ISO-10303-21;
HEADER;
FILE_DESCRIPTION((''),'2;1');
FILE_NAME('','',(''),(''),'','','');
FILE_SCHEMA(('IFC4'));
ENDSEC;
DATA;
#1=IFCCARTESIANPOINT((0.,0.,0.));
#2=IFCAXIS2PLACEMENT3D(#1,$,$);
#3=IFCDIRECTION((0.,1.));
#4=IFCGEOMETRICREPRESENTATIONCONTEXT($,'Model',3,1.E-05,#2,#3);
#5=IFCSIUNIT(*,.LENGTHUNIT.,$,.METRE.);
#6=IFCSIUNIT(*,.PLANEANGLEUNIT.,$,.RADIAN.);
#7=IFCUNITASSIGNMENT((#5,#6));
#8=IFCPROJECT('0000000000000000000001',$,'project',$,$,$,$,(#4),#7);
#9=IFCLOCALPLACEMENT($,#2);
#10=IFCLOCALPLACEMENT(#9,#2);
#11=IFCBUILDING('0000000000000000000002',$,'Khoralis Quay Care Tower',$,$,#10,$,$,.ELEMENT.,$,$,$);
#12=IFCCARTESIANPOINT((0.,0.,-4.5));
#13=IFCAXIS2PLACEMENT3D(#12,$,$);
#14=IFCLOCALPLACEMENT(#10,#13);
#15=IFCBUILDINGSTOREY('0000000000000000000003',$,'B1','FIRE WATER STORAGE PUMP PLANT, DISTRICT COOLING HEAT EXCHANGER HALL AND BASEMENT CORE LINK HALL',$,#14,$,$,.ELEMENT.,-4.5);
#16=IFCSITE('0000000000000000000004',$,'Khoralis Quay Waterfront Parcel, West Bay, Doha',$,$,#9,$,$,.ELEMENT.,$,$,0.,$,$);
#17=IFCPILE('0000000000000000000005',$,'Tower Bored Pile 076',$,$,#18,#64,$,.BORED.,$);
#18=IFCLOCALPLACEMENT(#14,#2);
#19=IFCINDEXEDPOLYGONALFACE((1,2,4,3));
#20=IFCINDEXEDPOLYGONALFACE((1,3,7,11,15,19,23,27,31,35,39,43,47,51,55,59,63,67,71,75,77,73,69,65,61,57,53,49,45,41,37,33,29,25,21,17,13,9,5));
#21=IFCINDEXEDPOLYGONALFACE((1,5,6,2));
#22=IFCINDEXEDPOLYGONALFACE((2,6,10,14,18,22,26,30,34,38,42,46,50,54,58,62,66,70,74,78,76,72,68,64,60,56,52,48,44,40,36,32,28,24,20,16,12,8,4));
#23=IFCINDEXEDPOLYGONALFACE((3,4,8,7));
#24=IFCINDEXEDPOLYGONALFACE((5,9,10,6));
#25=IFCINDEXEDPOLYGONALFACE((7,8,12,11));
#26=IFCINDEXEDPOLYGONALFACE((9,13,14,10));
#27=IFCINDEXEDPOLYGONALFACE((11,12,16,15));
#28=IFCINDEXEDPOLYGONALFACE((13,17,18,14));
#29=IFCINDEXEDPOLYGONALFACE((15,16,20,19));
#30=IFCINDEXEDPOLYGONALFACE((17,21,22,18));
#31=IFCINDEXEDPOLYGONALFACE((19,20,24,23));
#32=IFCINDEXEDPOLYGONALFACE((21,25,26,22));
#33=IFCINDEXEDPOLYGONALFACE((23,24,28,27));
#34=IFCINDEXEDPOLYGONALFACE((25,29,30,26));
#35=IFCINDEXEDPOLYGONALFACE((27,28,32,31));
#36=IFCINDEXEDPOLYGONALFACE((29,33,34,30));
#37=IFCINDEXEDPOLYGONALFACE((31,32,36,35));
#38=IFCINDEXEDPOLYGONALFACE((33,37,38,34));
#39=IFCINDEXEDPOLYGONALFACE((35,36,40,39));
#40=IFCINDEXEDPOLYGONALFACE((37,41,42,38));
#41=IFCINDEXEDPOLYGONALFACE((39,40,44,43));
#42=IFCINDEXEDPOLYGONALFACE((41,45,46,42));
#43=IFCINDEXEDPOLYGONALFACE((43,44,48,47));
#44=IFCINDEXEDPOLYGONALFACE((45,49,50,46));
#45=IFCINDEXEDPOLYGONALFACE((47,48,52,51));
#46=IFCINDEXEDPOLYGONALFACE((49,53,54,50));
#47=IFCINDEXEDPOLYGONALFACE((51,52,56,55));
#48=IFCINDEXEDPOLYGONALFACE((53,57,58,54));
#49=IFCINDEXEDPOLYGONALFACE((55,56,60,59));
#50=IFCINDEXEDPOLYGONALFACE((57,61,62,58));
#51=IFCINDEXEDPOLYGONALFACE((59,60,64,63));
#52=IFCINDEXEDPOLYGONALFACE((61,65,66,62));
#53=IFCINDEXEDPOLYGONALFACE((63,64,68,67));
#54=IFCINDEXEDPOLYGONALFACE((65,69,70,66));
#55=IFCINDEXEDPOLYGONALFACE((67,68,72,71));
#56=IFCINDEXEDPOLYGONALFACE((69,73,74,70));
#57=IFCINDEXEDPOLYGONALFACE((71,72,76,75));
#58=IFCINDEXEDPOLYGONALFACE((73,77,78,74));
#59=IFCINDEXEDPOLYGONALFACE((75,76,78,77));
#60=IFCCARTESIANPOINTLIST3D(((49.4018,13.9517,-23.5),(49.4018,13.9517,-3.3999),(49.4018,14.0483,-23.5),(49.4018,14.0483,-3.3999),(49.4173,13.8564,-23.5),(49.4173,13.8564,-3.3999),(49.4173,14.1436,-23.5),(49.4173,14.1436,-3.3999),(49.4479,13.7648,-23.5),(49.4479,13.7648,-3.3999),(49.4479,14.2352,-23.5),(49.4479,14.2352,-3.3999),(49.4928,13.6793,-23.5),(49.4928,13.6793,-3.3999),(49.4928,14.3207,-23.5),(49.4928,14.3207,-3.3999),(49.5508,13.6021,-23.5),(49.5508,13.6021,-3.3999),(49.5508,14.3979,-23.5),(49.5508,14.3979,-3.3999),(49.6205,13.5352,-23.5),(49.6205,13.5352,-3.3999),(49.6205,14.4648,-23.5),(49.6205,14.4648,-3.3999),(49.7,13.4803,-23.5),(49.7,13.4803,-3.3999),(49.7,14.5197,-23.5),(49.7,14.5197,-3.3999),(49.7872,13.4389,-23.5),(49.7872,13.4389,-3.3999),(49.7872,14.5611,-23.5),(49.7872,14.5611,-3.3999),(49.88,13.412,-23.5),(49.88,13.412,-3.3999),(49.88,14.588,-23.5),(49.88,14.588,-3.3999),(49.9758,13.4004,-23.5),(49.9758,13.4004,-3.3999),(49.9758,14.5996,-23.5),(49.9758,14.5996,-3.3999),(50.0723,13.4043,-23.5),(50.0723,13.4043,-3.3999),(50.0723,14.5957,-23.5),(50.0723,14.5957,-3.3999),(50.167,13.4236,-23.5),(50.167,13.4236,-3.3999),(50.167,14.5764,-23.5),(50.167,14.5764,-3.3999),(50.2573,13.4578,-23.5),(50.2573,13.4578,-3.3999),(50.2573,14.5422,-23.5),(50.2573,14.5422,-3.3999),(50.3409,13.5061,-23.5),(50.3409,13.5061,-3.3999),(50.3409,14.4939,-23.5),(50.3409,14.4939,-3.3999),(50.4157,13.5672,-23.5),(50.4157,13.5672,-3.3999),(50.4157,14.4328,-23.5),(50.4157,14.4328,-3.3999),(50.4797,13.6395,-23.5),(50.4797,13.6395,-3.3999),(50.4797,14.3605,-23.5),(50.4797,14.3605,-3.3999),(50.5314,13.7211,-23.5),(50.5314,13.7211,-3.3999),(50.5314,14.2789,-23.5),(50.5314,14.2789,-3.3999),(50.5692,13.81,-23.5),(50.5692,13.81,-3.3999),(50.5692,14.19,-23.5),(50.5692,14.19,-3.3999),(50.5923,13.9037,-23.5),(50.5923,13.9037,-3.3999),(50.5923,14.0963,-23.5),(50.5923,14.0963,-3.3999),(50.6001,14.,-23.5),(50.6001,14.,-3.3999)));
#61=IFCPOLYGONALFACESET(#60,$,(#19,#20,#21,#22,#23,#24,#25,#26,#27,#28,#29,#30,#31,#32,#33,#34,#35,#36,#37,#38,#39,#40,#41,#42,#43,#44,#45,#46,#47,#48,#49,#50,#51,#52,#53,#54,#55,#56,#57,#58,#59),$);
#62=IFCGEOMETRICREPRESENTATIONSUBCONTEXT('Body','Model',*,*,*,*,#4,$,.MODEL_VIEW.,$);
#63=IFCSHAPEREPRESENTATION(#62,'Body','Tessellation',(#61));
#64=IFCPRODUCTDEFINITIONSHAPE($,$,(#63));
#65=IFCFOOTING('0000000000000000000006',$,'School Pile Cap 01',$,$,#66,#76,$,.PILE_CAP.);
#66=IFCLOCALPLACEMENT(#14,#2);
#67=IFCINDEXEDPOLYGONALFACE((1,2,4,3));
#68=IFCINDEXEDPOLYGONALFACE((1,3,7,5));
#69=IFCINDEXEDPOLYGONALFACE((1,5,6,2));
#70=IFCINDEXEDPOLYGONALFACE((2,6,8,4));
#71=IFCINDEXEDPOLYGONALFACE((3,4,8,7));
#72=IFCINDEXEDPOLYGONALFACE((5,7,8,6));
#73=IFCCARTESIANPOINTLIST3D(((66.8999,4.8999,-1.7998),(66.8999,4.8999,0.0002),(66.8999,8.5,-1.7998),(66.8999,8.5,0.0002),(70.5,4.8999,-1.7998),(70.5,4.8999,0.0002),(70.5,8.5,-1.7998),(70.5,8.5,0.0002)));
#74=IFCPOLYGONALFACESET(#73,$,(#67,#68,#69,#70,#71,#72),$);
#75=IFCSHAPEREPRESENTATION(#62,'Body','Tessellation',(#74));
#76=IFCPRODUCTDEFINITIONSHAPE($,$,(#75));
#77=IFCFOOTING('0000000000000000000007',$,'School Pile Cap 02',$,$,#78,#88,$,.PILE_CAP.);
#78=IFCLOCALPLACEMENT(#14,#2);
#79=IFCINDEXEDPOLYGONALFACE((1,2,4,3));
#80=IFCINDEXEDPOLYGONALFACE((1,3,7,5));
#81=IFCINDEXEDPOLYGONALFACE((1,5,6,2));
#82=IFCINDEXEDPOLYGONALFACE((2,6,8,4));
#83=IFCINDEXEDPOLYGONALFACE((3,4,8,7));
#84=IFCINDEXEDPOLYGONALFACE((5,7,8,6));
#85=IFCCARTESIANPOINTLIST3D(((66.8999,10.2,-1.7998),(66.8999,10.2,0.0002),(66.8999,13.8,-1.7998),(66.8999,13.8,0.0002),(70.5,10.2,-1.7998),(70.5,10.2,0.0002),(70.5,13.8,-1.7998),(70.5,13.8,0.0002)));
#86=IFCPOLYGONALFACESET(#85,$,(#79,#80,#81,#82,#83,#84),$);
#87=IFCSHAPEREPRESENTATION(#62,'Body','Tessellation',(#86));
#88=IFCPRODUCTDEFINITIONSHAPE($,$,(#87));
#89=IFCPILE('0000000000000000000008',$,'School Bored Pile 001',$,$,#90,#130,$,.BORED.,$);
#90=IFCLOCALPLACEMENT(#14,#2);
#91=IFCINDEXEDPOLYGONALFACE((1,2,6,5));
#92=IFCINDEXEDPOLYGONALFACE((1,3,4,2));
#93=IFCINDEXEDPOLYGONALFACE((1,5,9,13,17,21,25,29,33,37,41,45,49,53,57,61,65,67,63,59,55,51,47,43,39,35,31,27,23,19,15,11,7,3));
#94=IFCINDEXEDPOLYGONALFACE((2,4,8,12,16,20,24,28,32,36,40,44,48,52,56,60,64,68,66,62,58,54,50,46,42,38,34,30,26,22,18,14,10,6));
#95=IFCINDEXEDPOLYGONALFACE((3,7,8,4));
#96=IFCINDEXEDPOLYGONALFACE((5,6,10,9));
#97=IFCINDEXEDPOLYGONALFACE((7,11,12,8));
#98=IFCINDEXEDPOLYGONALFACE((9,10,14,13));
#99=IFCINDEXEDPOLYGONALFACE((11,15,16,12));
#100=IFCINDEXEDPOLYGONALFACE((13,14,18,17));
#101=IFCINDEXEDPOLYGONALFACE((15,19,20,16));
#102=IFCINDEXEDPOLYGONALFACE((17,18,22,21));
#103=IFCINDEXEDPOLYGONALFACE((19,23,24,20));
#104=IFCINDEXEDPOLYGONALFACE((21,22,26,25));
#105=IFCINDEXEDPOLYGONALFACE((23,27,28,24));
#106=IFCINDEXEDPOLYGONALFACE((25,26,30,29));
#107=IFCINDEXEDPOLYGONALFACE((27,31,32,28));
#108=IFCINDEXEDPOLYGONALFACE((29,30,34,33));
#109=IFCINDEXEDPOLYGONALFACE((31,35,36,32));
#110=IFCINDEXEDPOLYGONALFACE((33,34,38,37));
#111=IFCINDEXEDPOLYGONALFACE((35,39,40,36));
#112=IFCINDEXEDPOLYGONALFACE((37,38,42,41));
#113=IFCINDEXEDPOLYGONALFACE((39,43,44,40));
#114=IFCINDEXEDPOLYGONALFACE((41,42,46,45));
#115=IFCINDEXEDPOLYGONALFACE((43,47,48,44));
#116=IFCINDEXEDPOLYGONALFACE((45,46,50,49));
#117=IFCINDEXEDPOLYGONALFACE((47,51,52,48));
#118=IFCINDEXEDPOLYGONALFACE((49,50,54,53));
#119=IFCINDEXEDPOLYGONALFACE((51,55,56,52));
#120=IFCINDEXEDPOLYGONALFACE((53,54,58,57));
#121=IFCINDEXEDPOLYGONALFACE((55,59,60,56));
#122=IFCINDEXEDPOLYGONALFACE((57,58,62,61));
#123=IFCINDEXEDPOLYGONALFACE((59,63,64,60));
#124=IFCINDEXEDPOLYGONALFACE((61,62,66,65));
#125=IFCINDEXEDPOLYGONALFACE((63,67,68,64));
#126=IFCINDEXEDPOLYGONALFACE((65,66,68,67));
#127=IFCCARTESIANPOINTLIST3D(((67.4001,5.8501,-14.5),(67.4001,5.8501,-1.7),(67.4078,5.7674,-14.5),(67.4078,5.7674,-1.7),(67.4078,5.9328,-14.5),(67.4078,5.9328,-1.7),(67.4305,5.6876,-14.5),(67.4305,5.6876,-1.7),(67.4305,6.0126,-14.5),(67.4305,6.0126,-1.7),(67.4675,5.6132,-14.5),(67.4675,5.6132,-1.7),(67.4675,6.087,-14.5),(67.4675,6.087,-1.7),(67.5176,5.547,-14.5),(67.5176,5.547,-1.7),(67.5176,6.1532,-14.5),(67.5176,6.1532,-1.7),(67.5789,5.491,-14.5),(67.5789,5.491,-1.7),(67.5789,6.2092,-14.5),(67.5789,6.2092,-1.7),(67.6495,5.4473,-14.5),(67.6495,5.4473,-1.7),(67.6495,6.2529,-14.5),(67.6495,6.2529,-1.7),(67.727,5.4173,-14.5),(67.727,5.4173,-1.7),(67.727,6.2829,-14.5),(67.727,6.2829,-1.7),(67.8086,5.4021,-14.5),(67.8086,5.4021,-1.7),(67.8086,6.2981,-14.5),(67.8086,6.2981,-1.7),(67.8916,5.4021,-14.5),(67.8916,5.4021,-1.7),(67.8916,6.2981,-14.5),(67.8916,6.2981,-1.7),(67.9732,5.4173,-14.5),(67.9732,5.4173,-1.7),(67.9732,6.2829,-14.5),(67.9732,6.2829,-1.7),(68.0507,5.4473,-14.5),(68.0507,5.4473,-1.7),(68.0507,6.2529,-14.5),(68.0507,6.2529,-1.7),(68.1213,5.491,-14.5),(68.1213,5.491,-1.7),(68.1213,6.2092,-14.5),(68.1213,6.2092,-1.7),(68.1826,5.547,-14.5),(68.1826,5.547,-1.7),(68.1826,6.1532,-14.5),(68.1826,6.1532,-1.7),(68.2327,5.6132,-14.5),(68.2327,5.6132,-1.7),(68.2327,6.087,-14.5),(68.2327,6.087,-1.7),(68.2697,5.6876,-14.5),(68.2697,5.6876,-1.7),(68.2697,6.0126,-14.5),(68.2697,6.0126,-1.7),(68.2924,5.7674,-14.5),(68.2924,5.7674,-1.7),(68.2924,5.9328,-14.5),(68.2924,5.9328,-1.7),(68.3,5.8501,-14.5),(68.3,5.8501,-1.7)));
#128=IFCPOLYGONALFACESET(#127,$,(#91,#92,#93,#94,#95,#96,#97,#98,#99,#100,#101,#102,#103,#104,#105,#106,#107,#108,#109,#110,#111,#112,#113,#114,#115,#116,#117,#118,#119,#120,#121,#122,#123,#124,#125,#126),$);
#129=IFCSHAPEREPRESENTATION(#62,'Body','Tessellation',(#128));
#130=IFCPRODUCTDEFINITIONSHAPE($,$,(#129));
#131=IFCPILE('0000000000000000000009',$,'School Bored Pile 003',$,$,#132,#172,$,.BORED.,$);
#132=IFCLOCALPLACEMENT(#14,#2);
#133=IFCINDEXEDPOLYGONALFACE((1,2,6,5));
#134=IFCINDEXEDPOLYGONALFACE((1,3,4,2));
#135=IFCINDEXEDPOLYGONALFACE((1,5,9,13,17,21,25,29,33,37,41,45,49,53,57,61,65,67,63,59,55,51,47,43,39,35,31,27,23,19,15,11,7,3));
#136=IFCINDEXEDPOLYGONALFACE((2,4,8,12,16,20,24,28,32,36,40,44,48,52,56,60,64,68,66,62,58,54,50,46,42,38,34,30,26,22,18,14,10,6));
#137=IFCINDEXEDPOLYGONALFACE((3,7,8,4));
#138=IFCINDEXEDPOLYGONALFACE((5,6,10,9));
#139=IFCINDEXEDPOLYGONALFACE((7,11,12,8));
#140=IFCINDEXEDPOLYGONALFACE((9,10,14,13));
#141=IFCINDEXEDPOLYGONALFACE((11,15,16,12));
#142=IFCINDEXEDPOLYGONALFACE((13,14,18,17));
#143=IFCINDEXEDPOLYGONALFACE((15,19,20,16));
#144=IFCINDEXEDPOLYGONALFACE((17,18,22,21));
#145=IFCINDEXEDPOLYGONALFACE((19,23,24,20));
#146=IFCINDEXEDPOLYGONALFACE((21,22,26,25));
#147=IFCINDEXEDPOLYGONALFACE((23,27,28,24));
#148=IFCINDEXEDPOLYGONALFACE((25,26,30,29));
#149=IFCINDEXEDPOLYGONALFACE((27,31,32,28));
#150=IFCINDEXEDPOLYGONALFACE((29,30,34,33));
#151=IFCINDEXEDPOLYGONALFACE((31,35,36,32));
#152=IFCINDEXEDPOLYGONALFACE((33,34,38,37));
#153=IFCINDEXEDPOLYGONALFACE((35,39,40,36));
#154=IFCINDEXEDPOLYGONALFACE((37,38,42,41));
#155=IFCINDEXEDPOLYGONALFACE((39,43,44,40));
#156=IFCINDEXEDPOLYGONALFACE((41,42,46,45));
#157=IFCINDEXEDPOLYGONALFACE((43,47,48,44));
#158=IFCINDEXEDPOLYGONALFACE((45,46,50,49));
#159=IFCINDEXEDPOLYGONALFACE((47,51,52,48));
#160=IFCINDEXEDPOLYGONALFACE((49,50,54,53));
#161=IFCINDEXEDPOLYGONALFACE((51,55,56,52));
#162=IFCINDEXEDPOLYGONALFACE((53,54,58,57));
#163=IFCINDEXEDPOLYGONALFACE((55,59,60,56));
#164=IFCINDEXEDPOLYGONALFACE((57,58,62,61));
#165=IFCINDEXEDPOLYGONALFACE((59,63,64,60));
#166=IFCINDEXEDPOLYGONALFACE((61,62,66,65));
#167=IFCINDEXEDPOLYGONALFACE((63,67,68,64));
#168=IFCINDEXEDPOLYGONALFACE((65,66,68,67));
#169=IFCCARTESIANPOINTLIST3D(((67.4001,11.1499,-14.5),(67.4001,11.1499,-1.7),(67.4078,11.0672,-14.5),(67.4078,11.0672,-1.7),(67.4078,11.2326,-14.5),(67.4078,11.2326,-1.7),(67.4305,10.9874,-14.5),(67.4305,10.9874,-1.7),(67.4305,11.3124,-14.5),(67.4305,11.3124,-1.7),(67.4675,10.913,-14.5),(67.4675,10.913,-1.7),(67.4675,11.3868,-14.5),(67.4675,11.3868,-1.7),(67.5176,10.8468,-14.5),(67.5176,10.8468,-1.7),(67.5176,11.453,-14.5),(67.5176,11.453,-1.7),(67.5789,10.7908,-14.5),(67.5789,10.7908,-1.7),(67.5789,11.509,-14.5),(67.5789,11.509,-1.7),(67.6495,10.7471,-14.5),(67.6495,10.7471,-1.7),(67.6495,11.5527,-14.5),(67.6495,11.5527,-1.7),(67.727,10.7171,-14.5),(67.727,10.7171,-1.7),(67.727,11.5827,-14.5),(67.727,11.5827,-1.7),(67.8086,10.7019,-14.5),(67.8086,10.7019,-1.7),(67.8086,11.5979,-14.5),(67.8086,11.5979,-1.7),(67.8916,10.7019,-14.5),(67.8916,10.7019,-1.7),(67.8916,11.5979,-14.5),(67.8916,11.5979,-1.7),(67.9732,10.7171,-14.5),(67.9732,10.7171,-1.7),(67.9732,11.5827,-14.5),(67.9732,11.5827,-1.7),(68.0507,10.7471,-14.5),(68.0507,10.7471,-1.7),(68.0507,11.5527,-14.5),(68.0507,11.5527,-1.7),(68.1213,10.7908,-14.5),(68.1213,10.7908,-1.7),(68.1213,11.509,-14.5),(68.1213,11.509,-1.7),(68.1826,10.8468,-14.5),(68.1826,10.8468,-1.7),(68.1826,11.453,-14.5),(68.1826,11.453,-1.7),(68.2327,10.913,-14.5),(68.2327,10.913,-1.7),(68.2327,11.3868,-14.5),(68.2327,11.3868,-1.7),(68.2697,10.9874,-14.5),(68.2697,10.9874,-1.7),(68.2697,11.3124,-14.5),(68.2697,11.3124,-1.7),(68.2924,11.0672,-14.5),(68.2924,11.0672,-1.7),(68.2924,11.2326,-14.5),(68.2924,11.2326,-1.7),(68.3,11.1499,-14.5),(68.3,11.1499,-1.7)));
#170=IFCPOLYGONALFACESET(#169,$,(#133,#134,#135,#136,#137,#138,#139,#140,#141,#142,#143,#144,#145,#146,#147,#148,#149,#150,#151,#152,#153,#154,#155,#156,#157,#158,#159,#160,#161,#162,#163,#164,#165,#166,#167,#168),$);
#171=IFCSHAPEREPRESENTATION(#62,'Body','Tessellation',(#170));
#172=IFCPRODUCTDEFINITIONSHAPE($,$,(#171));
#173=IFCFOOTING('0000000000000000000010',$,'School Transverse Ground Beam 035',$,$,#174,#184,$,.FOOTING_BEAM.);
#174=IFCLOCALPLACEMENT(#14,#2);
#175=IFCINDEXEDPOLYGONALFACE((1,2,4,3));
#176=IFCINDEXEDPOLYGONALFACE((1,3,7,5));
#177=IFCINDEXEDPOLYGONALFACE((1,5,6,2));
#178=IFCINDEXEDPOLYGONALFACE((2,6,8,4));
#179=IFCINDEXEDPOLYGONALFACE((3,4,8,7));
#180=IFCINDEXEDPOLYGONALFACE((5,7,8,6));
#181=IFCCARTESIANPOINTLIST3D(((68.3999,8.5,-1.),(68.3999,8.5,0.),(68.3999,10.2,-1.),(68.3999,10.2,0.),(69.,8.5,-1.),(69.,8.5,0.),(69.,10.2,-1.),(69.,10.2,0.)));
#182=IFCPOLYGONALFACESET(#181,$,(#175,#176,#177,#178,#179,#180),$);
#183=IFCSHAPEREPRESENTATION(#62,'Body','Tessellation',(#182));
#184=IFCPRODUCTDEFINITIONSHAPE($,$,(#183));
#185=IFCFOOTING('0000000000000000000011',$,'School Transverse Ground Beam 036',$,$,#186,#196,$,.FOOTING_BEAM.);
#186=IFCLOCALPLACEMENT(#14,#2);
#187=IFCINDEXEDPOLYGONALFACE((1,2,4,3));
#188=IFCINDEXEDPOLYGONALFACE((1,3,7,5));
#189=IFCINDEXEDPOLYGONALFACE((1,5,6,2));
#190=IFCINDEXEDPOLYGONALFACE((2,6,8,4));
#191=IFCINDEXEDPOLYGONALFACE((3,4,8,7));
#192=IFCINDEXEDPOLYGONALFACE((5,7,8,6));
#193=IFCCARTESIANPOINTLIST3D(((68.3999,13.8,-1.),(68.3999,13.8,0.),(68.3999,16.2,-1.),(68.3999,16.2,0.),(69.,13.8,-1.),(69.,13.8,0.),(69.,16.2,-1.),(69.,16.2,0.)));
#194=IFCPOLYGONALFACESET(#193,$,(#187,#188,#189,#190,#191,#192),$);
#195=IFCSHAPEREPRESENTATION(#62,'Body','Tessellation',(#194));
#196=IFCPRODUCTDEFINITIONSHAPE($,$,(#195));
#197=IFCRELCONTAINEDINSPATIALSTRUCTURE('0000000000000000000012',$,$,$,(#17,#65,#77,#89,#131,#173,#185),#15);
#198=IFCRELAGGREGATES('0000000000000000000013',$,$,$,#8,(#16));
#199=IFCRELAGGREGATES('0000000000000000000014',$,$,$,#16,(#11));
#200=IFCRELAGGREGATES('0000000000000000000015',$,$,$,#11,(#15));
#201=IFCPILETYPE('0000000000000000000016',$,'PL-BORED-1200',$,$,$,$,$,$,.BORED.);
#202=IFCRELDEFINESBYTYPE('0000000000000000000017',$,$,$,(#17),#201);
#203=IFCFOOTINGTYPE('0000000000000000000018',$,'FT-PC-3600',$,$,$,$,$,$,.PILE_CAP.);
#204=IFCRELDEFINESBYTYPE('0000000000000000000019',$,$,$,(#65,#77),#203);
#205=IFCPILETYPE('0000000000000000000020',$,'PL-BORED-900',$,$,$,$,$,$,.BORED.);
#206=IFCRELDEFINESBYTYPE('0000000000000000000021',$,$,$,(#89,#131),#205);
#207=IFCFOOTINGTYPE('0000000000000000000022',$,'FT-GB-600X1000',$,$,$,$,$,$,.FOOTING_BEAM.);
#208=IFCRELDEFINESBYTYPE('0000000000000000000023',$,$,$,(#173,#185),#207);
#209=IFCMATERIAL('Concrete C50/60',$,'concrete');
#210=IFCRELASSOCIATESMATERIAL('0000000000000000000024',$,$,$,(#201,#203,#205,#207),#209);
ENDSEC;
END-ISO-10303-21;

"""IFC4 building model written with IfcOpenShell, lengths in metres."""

from ifc_helpers import new_model, si_unit, direction, frame, origin, origin_2d, place, context, subcontext, project, spatial, rectangle, circle, extrude, source, transform, mapped, material, material_profile, profile_set, type_object, element, save


model = new_model("IFC4")

# Units and contexts
model_context = context("Model", 3, precision=1e-05, world=origin(), true_north=direction((0.0, 1.0)))
body_context = subcontext(model_context, "Body", "Model", "MODEL_VIEW")
ifc_project = project(units=[si_unit("LENGTHUNIT", "METRE"), si_unit("PLANEANGLEUNIT", "RADIAN")], contexts=[model_context])

# Site, building, storey
site_placement = place(None, origin())
site = spatial("IfcSite", under=ifc_project, at=site_placement, Name="Khoralis Quay Waterfront Parcel, West Bay, Doha", CompositionType="ELEMENT", RefElevation=0.0)
building_placement = place(site_placement, origin())
building = spatial("IfcBuilding", under=site, at=building_placement, Name="Khoralis Quay Care Tower", CompositionType="ELEMENT")
storey_placement = place(building_placement, frame((0.0, 0.0, -4.5)))
storey = spatial("IfcBuildingStorey", under=building, at=storey_placement, Name="B1", Description="FIRE WATER STORAGE PUMP PLANT, DISTRICT COOLING HEAT EXCHANGER HALL AND BASEMENT CORE LINK HALL", CompositionType="ELEMENT", Elevation=-4.5)

# Pile
ifc_material_1 = material(Name="Concrete C50/60", Category="concrete")
ifc_material_profile_1 = material_profile(ifc_material_1, circle(Radius=0.6001, at=origin_2d()), Name="Concrete C50/60")
ifc_profile_set_1 = profile_set([ifc_material_profile_1], Name="Concrete C50/60")
pile_type_1 = type_object("IfcPileType", Name="PL-BORED-1200", PredefinedType="BORED", material=ifc_profile_set_1)
shared_shape_1 = source(origin(), body_context, "Body", "SweptSolid", [
    extrude(circle(Radius=0.6001, at=origin_2d()), origin(), (0.0, 0.0, 1.0), 20.1001),
])
pile_placement = place(storey_placement, frame((50.0, 14.0, -3.3999), z_axis=(0.0, 0.0, -1.0), x_axis=(1.0, 0.0, 0.0)))
element("IfcPile", 1, at=pile_placement, inside=storey, type_object=pile_type_1, Name="Tower Bored Pile 076", PredefinedType="BORED", context=body_context, shape_type="MappedRepresentation", body=[
    mapped(shared_shape_1, transform((0.0, 0.0, 0.0), scale=1.0)),
])

# Footings
footing_type_1 = type_object("IfcFootingType", Name="FT-PC-3600", PredefinedType="PILE_CAP", material=ifc_material_1)
shared_shape_2 = source(origin(), body_context, "Body", "SweptSolid", [
    extrude(rectangle(XDim=3.6001, YDim=3.6001, at=origin_2d()), origin(), (0.0, 0.0, 1.0), 1.8),
])
for number, where, z_axis, x_axis, name in (
    (2, (68.7, 6.7, -1.7998), (0.0, 0.0, 1.0), (1.0, 0.0, 0.0), "School Pile Cap 01"),
    (3, (68.7, 12.0, -1.7998), (0.0, 0.0, 1.0), (1.0, 0.0, 0.0), "School Pile Cap 02"),
):
    element("IfcFooting", number, at=place(storey_placement, frame(where, z_axis=z_axis, x_axis=x_axis)), inside=storey, type_object=footing_type_1, Name=name, PredefinedType="PILE_CAP", context=body_context, shape_type="MappedRepresentation", body=[
        mapped(shared_shape_2, transform((0.0, 0.0, 0.0), scale=1.0)),
    ])

# Piles
ifc_material_profile_2 = material_profile(ifc_material_1, circle(Radius=0.45, at=origin_2d()), Name="Concrete C50/60")
ifc_profile_set_2 = profile_set([ifc_material_profile_2], Name="Concrete C50/60")
pile_type_2 = type_object("IfcPileType", Name="PL-BORED-900", PredefinedType="BORED", material=ifc_profile_set_2)
shared_shape_3 = source(origin(), body_context, "Body", "SweptSolid", [
    extrude(circle(Radius=0.45, at=origin_2d()), origin(), (0.0, 0.0, 1.0), 12.8),
])
for number, where, z_axis, x_axis, name in (
    (4, (67.8501, 5.8501, -1.7), (0.0, 0.0, -1.0), (1.0, 0.0, 0.0), "School Bored Pile 001"),
    (5, (67.8501, 11.1499, -1.7), (0.0, 0.0, -1.0), (1.0, 0.0, 0.0), "School Bored Pile 003"),
):
    element("IfcPile", number, at=place(storey_placement, frame(where, z_axis=z_axis, x_axis=x_axis)), inside=storey, type_object=pile_type_2, Name=name, PredefinedType="BORED", context=body_context, shape_type="MappedRepresentation", body=[
        mapped(shared_shape_3, transform((0.0, 0.0, 0.0), scale=1.0)),
    ])

# Footings
ifc_material_profile_3 = material_profile(ifc_material_1, rectangle(XDim=0.6001, YDim=1.0, at=origin_2d()), Name="Concrete C50/60")
ifc_profile_set_3 = profile_set([ifc_material_profile_3], Name="Concrete C50/60")
footing_type_2 = type_object("IfcFootingType", Name="FT-GB-600X1000", PredefinedType="FOOTING_BEAM", material=ifc_profile_set_3)
shared_shape_4 = source(origin(), body_context, "Body", "SweptSolid", [
    extrude(rectangle(XDim=0.6001, YDim=1.0, at=origin_2d()), origin(), (0.0, 0.0, 1.0), 1.7),
])
footing_1_placement = place(storey_placement, frame((68.7, 8.5, -0.5), z_axis=(0.0, 1.0, 0.0), x_axis=(-1.0, 0.0, 0.0)))
element("IfcFooting", 6, at=footing_1_placement, inside=storey, type_object=footing_type_2, Name="School Transverse Ground Beam 035", PredefinedType="FOOTING_BEAM", context=body_context, shape_type="MappedRepresentation", body=[
    mapped(shared_shape_4, transform((0.0, 0.0, 0.0), scale=1.0)),
])
shared_shape_5 = source(origin(), body_context, "Body", "SweptSolid", [
    extrude(rectangle(XDim=0.6001, YDim=1.0, at=origin_2d()), origin(), (0.0, 0.0, 1.0), 2.3999),
])
footing_2_placement = place(storey_placement, frame((68.7, 13.8, -0.5), z_axis=(0.0, 1.0, 0.0), x_axis=(-1.0, 0.0, 0.0)))
element("IfcFooting", 7, at=footing_2_placement, inside=storey, type_object=footing_type_2, Name="School Transverse Ground Beam 036", PredefinedType="FOOTING_BEAM", context=body_context, shape_type="MappedRepresentation", body=[
    mapped(shared_shape_5, transform((0.0, 0.0, 0.0), scale=1.0)),
])

save(model, "model.ifc")
